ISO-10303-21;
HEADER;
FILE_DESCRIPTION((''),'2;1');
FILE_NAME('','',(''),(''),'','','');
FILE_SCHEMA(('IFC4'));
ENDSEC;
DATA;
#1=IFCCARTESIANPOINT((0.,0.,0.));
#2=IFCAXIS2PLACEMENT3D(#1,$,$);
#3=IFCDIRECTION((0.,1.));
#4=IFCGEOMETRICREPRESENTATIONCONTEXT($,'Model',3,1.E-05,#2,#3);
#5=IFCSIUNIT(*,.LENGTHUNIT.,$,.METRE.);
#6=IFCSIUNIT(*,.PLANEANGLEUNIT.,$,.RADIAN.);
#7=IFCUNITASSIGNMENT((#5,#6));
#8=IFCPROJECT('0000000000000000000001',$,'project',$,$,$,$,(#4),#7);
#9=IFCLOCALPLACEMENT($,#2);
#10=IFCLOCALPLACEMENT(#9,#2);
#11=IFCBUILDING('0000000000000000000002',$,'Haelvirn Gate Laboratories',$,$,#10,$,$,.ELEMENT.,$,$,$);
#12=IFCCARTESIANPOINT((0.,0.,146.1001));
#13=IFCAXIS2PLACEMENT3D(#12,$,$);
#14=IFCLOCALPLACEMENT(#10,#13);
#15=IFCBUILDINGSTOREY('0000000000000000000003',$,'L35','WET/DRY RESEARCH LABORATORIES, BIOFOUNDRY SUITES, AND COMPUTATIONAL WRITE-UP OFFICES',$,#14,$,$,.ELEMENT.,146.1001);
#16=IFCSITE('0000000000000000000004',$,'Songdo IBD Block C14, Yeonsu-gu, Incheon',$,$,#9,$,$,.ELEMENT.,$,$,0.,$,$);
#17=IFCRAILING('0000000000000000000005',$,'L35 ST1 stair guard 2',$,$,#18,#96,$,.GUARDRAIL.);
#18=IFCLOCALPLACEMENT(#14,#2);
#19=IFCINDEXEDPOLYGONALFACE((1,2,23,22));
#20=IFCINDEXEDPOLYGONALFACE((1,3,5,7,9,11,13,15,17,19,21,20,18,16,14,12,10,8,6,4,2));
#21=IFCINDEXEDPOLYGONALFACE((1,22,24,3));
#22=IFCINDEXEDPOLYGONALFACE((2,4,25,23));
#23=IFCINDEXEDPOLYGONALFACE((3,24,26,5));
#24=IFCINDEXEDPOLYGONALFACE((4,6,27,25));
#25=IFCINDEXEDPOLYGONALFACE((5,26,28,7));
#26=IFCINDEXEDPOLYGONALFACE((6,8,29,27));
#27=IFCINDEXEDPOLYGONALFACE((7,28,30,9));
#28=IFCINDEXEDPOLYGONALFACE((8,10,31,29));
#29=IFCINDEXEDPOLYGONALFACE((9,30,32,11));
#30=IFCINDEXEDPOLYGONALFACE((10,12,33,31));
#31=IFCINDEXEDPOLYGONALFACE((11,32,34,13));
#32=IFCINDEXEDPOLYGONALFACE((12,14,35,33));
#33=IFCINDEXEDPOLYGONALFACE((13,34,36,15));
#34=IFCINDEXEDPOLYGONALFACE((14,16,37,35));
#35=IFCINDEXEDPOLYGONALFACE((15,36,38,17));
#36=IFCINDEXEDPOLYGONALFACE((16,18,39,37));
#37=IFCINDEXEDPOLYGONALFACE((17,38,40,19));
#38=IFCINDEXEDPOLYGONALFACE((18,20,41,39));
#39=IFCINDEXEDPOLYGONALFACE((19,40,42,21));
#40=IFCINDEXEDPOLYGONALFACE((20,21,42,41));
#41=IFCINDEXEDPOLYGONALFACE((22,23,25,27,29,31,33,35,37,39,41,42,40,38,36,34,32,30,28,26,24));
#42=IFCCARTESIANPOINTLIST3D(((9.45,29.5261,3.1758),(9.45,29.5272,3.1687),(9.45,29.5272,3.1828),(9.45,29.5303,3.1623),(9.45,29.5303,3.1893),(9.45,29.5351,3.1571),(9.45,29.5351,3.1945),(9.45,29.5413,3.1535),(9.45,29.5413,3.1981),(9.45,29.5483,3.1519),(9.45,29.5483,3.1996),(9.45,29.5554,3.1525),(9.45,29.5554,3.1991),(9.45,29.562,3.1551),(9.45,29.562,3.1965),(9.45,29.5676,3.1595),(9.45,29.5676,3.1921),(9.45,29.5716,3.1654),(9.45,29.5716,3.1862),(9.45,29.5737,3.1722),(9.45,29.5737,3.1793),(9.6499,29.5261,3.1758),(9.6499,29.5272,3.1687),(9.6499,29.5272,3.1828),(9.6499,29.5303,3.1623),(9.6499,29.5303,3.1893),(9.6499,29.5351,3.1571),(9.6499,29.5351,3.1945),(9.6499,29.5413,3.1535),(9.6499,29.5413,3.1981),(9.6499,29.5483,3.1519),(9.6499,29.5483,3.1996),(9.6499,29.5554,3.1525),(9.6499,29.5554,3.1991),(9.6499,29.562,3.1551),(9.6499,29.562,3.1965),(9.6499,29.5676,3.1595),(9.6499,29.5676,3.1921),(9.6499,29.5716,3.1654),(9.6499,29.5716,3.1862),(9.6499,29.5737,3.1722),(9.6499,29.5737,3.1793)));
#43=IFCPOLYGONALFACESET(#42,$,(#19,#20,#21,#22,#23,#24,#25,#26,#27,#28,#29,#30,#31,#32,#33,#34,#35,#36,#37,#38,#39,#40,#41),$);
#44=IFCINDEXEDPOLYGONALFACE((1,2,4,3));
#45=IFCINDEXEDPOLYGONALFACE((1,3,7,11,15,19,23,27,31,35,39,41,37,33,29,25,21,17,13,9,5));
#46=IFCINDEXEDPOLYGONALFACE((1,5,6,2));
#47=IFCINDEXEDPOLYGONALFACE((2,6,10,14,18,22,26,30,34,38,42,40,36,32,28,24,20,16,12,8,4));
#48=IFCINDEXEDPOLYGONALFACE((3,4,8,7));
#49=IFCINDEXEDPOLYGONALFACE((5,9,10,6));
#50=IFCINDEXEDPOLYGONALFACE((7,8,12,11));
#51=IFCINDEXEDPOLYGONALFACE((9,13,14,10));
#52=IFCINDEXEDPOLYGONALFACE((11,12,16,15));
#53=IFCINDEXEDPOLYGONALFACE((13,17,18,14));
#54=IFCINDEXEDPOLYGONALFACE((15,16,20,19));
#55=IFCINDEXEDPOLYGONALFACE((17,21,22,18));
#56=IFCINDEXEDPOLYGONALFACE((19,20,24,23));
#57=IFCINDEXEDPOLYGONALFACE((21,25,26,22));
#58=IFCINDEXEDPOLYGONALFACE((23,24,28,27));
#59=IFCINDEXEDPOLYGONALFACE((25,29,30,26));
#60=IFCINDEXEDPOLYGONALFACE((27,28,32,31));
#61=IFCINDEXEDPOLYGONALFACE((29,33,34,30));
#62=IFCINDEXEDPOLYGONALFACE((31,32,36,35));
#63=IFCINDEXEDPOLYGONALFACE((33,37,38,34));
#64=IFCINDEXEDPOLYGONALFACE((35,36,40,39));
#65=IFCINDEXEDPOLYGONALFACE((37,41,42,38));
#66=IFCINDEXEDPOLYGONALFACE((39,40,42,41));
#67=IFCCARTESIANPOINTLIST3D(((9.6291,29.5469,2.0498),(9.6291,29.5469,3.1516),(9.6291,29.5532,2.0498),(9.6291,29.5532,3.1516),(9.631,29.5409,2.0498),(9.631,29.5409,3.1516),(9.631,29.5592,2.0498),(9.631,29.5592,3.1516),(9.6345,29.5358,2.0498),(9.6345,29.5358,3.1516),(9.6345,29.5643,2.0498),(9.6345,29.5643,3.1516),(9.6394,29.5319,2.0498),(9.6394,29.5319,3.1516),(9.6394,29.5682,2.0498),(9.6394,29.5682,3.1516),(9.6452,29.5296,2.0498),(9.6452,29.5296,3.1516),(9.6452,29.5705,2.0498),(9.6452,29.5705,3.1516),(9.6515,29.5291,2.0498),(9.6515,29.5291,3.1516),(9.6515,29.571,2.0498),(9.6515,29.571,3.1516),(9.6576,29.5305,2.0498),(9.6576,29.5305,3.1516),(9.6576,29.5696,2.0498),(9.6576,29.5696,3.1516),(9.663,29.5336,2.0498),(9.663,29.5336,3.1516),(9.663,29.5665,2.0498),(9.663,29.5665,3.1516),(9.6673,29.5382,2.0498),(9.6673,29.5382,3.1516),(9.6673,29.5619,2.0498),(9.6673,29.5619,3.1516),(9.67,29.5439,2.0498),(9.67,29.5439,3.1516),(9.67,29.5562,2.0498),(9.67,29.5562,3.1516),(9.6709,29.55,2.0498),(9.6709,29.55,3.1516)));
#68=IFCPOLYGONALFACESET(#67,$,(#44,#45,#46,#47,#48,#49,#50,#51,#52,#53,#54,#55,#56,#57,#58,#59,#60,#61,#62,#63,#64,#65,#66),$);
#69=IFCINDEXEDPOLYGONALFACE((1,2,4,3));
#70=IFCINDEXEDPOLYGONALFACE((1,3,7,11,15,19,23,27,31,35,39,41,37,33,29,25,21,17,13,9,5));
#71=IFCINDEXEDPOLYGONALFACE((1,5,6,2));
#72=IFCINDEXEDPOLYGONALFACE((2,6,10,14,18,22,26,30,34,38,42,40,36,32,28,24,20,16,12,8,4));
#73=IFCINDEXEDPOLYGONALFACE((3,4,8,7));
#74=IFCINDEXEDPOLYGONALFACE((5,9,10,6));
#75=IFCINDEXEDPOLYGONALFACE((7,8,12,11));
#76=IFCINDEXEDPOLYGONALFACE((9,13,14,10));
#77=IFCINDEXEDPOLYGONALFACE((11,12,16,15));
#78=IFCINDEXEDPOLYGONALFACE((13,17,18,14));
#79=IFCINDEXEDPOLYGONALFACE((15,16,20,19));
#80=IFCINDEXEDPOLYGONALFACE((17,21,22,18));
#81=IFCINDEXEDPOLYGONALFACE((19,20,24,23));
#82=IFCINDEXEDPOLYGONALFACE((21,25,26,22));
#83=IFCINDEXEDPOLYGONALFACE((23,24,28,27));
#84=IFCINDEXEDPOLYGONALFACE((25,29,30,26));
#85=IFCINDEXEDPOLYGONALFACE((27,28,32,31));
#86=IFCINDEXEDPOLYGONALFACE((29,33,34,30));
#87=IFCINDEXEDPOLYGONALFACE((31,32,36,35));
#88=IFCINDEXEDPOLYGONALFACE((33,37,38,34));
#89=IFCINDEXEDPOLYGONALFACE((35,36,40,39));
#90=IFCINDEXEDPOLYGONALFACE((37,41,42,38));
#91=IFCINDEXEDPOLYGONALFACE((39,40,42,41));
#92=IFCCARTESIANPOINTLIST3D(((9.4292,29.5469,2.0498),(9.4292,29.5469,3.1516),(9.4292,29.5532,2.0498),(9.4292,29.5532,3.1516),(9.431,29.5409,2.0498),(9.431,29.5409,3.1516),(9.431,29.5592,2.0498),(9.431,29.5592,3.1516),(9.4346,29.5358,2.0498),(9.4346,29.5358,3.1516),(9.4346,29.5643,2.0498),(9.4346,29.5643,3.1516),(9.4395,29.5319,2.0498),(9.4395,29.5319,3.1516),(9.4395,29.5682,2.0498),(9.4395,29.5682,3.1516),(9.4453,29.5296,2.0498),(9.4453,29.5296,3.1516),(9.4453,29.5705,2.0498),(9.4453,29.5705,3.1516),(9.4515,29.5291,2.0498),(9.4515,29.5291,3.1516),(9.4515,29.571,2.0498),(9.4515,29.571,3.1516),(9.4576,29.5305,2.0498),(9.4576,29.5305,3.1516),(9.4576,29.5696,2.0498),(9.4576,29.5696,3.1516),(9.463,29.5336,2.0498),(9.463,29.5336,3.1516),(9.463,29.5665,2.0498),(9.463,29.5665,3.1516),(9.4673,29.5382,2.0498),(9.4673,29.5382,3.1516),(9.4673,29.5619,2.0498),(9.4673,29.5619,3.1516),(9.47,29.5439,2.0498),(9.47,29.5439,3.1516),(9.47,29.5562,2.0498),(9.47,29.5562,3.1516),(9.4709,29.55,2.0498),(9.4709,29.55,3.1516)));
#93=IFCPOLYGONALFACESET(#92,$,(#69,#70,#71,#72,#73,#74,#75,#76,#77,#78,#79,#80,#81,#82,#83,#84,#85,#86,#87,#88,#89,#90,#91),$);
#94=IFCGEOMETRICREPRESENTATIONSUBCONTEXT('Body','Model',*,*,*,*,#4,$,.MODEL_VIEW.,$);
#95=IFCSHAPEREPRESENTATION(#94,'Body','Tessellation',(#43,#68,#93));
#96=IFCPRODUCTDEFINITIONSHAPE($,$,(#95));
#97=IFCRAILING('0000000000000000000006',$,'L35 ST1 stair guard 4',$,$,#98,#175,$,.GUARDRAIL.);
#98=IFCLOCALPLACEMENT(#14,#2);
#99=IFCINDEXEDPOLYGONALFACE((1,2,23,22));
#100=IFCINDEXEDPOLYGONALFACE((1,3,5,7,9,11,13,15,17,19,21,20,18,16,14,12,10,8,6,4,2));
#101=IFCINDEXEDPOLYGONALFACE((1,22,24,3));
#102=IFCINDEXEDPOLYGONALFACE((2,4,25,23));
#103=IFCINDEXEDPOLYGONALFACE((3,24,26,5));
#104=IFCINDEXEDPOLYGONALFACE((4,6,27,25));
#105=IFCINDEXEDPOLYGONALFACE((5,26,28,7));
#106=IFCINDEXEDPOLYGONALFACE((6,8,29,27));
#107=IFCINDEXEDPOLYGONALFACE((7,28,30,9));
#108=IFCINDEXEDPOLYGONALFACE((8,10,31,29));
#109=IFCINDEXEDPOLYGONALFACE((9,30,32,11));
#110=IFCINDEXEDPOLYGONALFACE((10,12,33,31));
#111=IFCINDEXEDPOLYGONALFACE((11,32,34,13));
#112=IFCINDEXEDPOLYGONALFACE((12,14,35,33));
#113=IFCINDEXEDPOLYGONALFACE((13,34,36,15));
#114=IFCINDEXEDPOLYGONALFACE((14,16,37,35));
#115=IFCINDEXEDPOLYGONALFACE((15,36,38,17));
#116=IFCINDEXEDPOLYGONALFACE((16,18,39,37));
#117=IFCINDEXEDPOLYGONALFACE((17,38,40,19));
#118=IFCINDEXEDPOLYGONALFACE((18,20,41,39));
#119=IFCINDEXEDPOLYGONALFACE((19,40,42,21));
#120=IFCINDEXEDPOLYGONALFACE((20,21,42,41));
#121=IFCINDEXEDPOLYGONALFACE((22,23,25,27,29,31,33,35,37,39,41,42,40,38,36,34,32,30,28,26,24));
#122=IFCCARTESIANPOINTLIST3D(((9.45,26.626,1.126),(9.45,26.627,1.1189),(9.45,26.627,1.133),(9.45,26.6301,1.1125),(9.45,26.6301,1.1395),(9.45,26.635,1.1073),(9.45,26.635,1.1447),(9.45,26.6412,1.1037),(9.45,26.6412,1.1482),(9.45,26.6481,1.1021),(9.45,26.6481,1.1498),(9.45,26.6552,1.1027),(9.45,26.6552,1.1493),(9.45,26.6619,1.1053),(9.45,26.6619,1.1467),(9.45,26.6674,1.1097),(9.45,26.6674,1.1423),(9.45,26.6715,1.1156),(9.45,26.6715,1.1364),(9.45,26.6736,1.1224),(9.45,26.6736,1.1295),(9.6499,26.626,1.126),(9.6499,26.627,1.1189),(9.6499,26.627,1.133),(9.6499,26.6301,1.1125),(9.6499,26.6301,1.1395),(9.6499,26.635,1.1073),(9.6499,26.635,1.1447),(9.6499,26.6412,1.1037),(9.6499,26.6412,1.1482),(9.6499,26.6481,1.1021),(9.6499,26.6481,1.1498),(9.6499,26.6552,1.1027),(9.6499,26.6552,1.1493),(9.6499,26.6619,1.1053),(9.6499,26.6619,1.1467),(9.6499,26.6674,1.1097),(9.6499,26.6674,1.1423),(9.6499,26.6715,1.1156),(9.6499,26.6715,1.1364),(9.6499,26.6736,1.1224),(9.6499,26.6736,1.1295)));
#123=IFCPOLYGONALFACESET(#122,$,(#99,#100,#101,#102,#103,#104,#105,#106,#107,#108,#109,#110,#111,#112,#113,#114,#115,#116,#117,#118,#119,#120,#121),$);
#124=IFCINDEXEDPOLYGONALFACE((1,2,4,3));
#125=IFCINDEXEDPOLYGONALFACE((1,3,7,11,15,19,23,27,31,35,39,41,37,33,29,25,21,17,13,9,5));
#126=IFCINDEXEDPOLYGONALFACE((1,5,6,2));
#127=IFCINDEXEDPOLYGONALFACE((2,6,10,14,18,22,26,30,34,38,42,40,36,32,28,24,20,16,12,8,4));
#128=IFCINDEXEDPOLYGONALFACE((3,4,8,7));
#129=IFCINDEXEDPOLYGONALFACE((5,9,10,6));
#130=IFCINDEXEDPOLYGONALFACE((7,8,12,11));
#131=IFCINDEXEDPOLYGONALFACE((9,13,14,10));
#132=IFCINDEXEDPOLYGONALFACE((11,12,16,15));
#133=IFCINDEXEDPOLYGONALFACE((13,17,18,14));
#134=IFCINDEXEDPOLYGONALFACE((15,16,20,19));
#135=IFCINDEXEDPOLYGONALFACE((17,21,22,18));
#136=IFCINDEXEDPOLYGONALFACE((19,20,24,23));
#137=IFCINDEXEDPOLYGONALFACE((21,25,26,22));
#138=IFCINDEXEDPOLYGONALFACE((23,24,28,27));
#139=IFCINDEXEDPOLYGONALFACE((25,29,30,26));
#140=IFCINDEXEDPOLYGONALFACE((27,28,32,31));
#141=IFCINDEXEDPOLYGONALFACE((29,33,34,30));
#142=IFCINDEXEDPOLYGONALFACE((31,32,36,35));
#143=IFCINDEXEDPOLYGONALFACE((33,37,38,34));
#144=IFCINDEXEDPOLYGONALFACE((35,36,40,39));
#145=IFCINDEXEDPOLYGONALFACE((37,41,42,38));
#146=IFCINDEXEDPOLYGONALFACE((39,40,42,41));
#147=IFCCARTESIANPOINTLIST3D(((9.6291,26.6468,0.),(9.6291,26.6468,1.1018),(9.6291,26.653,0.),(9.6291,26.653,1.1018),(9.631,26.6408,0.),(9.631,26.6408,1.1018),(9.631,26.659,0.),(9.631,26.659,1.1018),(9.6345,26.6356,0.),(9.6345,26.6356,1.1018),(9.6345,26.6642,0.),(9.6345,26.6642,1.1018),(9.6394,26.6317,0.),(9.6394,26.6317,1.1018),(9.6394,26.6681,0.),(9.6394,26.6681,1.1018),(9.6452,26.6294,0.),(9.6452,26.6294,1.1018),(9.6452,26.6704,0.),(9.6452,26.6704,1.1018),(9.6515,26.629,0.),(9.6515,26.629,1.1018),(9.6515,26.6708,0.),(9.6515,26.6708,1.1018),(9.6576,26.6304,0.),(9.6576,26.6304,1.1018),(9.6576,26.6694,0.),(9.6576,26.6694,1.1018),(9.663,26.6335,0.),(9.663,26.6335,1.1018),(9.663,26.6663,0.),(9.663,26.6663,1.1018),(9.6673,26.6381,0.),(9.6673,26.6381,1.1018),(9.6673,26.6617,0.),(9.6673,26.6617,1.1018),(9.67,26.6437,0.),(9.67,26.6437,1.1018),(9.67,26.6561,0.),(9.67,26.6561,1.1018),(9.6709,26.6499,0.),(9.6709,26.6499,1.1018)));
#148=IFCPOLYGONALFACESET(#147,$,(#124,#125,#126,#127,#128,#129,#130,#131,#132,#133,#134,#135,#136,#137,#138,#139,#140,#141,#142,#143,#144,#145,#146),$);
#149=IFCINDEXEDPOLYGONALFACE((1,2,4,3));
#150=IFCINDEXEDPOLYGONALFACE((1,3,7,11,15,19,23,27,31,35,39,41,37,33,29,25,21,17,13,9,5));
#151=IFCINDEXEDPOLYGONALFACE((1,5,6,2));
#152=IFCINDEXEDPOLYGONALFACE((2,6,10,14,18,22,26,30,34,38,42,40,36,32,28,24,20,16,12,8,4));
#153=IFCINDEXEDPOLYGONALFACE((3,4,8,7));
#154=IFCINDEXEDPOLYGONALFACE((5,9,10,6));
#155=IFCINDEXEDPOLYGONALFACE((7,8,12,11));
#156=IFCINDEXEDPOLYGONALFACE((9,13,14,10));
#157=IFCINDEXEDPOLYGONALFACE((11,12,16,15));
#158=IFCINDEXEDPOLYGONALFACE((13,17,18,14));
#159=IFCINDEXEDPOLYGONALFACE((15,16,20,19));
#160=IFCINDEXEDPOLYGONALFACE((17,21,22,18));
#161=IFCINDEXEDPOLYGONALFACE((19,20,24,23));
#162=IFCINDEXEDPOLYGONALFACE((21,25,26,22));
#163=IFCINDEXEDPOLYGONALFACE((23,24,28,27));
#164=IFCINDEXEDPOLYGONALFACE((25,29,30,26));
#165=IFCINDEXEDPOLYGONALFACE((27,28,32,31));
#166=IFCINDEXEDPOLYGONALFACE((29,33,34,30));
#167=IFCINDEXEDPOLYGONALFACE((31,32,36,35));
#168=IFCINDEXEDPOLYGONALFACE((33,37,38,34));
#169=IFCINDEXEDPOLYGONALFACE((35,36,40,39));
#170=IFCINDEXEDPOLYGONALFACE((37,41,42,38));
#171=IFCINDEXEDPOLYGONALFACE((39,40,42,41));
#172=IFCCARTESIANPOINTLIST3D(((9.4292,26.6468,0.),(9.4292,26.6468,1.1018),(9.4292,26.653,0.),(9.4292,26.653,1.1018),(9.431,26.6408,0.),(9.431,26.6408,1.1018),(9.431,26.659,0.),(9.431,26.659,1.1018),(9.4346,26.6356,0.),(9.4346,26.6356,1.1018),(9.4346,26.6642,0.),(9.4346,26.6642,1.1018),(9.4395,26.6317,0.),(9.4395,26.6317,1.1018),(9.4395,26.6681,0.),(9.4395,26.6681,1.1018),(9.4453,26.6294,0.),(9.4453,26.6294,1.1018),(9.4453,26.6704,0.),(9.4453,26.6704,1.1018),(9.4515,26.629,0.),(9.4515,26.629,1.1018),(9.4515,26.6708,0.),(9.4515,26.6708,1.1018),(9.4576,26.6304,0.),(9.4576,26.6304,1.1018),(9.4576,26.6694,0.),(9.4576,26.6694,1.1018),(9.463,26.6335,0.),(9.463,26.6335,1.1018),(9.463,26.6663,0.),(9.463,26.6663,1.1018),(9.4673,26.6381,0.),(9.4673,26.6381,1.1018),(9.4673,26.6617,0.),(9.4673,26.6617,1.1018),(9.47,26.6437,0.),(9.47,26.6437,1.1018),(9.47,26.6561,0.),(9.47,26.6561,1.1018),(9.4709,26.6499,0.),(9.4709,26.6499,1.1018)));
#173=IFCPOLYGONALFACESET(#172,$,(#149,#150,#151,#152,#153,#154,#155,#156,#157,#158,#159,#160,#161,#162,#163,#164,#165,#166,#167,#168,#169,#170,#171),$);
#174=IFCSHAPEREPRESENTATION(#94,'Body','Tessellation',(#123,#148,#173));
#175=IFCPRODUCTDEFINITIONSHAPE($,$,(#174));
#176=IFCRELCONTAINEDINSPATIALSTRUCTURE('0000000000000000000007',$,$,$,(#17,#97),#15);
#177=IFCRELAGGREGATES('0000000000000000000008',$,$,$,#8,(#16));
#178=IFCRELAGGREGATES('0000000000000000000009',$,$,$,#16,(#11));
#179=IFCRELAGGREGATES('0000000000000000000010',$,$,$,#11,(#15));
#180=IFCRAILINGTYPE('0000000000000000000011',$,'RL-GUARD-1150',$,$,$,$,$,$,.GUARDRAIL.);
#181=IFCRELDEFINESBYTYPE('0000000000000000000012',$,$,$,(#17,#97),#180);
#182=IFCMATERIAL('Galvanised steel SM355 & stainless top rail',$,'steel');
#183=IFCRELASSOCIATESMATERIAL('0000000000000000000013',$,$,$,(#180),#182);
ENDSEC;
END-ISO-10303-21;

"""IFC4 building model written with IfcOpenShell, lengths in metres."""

from ifc_helpers import new_model, si_unit, direction, frame, origin, origin_2d, place, context, subcontext, project, spatial, circle, extrude, source, transform, mapped, material, type_object, element, save


model = new_model("IFC4")

# Units and contexts
model_context = context("Model", 3, precision=1e-05, world=origin(), true_north=direction((0.0, 1.0)))
body_context = subcontext(model_context, "Body", "Model", "MODEL_VIEW")
ifc_project = project(units=[si_unit("LENGTHUNIT", "METRE"), si_unit("PLANEANGLEUNIT", "RADIAN")], contexts=[model_context])

# Site, building, storey
site_placement = place(None, origin())
site = spatial("IfcSite", under=ifc_project, at=site_placement, Name="Songdo IBD Block C14, Yeonsu-gu, Incheon", CompositionType="ELEMENT", RefElevation=0.0)
building_placement = place(site_placement, origin())
building = spatial("IfcBuilding", under=site, at=building_placement, Name="Haelvirn Gate Laboratories", CompositionType="ELEMENT")
storey_placement = place(building_placement, frame((0.0, 0.0, 146.1001)))
storey = spatial("IfcBuildingStorey", under=building, at=storey_placement, Name="L35", Description="WET/DRY RESEARCH LABORATORIES, BIOFOUNDRY SUITES, AND COMPUTATIONAL WRITE-UP OFFICES", CompositionType="ELEMENT", Elevation=146.1001)

# Railings
ifc_material_1 = material(Name="Galvanised steel SM355 & stainless top rail", Category="steel")
railing_type_1 = type_object("IfcRailingType", Name="RL-GUARD-1150", PredefinedType="GUARDRAIL", material=ifc_material_1)
shared_shape_1 = source(origin(), body_context, "Body", "SweptSolid", [
    extrude(circle(Radius=0.0239, at=origin_2d()), frame((0.0, 0.0, 1.126), z_axis=(-1.0, 0.0, 0.0), x_axis=(0.0, -1.0, 0.0)), (0.0, 0.0, 1.0), 0.2),
    extrude(circle(Radius=0.021, at=origin_2d()), origin(), (0.0, 0.0, 1.0), 1.1018),
    extrude(circle(Radius=0.021, at=origin_2d()), frame((-0.2, 0.0, 0.0)), (0.0, 0.0, 1.0), 1.1018),
])
for number, where, name in (
    (1, (9.6499, 29.55, 2.0498), "L35 ST1 stair guard 2"),
    (2, (9.6499, 26.6499, 0.0), "L35 ST1 stair guard 4"),
):
    element("IfcRailing", number, at=place(storey_placement, frame(where)), inside=storey, type_object=railing_type_1, Name=name, PredefinedType="GUARDRAIL", context=body_context, shape_type="MappedRepresentation", body=[
        mapped(shared_shape_1, transform((0.0, 0.0, 0.0), scale=1.0)),
    ])

save(model, "model.ifc")
